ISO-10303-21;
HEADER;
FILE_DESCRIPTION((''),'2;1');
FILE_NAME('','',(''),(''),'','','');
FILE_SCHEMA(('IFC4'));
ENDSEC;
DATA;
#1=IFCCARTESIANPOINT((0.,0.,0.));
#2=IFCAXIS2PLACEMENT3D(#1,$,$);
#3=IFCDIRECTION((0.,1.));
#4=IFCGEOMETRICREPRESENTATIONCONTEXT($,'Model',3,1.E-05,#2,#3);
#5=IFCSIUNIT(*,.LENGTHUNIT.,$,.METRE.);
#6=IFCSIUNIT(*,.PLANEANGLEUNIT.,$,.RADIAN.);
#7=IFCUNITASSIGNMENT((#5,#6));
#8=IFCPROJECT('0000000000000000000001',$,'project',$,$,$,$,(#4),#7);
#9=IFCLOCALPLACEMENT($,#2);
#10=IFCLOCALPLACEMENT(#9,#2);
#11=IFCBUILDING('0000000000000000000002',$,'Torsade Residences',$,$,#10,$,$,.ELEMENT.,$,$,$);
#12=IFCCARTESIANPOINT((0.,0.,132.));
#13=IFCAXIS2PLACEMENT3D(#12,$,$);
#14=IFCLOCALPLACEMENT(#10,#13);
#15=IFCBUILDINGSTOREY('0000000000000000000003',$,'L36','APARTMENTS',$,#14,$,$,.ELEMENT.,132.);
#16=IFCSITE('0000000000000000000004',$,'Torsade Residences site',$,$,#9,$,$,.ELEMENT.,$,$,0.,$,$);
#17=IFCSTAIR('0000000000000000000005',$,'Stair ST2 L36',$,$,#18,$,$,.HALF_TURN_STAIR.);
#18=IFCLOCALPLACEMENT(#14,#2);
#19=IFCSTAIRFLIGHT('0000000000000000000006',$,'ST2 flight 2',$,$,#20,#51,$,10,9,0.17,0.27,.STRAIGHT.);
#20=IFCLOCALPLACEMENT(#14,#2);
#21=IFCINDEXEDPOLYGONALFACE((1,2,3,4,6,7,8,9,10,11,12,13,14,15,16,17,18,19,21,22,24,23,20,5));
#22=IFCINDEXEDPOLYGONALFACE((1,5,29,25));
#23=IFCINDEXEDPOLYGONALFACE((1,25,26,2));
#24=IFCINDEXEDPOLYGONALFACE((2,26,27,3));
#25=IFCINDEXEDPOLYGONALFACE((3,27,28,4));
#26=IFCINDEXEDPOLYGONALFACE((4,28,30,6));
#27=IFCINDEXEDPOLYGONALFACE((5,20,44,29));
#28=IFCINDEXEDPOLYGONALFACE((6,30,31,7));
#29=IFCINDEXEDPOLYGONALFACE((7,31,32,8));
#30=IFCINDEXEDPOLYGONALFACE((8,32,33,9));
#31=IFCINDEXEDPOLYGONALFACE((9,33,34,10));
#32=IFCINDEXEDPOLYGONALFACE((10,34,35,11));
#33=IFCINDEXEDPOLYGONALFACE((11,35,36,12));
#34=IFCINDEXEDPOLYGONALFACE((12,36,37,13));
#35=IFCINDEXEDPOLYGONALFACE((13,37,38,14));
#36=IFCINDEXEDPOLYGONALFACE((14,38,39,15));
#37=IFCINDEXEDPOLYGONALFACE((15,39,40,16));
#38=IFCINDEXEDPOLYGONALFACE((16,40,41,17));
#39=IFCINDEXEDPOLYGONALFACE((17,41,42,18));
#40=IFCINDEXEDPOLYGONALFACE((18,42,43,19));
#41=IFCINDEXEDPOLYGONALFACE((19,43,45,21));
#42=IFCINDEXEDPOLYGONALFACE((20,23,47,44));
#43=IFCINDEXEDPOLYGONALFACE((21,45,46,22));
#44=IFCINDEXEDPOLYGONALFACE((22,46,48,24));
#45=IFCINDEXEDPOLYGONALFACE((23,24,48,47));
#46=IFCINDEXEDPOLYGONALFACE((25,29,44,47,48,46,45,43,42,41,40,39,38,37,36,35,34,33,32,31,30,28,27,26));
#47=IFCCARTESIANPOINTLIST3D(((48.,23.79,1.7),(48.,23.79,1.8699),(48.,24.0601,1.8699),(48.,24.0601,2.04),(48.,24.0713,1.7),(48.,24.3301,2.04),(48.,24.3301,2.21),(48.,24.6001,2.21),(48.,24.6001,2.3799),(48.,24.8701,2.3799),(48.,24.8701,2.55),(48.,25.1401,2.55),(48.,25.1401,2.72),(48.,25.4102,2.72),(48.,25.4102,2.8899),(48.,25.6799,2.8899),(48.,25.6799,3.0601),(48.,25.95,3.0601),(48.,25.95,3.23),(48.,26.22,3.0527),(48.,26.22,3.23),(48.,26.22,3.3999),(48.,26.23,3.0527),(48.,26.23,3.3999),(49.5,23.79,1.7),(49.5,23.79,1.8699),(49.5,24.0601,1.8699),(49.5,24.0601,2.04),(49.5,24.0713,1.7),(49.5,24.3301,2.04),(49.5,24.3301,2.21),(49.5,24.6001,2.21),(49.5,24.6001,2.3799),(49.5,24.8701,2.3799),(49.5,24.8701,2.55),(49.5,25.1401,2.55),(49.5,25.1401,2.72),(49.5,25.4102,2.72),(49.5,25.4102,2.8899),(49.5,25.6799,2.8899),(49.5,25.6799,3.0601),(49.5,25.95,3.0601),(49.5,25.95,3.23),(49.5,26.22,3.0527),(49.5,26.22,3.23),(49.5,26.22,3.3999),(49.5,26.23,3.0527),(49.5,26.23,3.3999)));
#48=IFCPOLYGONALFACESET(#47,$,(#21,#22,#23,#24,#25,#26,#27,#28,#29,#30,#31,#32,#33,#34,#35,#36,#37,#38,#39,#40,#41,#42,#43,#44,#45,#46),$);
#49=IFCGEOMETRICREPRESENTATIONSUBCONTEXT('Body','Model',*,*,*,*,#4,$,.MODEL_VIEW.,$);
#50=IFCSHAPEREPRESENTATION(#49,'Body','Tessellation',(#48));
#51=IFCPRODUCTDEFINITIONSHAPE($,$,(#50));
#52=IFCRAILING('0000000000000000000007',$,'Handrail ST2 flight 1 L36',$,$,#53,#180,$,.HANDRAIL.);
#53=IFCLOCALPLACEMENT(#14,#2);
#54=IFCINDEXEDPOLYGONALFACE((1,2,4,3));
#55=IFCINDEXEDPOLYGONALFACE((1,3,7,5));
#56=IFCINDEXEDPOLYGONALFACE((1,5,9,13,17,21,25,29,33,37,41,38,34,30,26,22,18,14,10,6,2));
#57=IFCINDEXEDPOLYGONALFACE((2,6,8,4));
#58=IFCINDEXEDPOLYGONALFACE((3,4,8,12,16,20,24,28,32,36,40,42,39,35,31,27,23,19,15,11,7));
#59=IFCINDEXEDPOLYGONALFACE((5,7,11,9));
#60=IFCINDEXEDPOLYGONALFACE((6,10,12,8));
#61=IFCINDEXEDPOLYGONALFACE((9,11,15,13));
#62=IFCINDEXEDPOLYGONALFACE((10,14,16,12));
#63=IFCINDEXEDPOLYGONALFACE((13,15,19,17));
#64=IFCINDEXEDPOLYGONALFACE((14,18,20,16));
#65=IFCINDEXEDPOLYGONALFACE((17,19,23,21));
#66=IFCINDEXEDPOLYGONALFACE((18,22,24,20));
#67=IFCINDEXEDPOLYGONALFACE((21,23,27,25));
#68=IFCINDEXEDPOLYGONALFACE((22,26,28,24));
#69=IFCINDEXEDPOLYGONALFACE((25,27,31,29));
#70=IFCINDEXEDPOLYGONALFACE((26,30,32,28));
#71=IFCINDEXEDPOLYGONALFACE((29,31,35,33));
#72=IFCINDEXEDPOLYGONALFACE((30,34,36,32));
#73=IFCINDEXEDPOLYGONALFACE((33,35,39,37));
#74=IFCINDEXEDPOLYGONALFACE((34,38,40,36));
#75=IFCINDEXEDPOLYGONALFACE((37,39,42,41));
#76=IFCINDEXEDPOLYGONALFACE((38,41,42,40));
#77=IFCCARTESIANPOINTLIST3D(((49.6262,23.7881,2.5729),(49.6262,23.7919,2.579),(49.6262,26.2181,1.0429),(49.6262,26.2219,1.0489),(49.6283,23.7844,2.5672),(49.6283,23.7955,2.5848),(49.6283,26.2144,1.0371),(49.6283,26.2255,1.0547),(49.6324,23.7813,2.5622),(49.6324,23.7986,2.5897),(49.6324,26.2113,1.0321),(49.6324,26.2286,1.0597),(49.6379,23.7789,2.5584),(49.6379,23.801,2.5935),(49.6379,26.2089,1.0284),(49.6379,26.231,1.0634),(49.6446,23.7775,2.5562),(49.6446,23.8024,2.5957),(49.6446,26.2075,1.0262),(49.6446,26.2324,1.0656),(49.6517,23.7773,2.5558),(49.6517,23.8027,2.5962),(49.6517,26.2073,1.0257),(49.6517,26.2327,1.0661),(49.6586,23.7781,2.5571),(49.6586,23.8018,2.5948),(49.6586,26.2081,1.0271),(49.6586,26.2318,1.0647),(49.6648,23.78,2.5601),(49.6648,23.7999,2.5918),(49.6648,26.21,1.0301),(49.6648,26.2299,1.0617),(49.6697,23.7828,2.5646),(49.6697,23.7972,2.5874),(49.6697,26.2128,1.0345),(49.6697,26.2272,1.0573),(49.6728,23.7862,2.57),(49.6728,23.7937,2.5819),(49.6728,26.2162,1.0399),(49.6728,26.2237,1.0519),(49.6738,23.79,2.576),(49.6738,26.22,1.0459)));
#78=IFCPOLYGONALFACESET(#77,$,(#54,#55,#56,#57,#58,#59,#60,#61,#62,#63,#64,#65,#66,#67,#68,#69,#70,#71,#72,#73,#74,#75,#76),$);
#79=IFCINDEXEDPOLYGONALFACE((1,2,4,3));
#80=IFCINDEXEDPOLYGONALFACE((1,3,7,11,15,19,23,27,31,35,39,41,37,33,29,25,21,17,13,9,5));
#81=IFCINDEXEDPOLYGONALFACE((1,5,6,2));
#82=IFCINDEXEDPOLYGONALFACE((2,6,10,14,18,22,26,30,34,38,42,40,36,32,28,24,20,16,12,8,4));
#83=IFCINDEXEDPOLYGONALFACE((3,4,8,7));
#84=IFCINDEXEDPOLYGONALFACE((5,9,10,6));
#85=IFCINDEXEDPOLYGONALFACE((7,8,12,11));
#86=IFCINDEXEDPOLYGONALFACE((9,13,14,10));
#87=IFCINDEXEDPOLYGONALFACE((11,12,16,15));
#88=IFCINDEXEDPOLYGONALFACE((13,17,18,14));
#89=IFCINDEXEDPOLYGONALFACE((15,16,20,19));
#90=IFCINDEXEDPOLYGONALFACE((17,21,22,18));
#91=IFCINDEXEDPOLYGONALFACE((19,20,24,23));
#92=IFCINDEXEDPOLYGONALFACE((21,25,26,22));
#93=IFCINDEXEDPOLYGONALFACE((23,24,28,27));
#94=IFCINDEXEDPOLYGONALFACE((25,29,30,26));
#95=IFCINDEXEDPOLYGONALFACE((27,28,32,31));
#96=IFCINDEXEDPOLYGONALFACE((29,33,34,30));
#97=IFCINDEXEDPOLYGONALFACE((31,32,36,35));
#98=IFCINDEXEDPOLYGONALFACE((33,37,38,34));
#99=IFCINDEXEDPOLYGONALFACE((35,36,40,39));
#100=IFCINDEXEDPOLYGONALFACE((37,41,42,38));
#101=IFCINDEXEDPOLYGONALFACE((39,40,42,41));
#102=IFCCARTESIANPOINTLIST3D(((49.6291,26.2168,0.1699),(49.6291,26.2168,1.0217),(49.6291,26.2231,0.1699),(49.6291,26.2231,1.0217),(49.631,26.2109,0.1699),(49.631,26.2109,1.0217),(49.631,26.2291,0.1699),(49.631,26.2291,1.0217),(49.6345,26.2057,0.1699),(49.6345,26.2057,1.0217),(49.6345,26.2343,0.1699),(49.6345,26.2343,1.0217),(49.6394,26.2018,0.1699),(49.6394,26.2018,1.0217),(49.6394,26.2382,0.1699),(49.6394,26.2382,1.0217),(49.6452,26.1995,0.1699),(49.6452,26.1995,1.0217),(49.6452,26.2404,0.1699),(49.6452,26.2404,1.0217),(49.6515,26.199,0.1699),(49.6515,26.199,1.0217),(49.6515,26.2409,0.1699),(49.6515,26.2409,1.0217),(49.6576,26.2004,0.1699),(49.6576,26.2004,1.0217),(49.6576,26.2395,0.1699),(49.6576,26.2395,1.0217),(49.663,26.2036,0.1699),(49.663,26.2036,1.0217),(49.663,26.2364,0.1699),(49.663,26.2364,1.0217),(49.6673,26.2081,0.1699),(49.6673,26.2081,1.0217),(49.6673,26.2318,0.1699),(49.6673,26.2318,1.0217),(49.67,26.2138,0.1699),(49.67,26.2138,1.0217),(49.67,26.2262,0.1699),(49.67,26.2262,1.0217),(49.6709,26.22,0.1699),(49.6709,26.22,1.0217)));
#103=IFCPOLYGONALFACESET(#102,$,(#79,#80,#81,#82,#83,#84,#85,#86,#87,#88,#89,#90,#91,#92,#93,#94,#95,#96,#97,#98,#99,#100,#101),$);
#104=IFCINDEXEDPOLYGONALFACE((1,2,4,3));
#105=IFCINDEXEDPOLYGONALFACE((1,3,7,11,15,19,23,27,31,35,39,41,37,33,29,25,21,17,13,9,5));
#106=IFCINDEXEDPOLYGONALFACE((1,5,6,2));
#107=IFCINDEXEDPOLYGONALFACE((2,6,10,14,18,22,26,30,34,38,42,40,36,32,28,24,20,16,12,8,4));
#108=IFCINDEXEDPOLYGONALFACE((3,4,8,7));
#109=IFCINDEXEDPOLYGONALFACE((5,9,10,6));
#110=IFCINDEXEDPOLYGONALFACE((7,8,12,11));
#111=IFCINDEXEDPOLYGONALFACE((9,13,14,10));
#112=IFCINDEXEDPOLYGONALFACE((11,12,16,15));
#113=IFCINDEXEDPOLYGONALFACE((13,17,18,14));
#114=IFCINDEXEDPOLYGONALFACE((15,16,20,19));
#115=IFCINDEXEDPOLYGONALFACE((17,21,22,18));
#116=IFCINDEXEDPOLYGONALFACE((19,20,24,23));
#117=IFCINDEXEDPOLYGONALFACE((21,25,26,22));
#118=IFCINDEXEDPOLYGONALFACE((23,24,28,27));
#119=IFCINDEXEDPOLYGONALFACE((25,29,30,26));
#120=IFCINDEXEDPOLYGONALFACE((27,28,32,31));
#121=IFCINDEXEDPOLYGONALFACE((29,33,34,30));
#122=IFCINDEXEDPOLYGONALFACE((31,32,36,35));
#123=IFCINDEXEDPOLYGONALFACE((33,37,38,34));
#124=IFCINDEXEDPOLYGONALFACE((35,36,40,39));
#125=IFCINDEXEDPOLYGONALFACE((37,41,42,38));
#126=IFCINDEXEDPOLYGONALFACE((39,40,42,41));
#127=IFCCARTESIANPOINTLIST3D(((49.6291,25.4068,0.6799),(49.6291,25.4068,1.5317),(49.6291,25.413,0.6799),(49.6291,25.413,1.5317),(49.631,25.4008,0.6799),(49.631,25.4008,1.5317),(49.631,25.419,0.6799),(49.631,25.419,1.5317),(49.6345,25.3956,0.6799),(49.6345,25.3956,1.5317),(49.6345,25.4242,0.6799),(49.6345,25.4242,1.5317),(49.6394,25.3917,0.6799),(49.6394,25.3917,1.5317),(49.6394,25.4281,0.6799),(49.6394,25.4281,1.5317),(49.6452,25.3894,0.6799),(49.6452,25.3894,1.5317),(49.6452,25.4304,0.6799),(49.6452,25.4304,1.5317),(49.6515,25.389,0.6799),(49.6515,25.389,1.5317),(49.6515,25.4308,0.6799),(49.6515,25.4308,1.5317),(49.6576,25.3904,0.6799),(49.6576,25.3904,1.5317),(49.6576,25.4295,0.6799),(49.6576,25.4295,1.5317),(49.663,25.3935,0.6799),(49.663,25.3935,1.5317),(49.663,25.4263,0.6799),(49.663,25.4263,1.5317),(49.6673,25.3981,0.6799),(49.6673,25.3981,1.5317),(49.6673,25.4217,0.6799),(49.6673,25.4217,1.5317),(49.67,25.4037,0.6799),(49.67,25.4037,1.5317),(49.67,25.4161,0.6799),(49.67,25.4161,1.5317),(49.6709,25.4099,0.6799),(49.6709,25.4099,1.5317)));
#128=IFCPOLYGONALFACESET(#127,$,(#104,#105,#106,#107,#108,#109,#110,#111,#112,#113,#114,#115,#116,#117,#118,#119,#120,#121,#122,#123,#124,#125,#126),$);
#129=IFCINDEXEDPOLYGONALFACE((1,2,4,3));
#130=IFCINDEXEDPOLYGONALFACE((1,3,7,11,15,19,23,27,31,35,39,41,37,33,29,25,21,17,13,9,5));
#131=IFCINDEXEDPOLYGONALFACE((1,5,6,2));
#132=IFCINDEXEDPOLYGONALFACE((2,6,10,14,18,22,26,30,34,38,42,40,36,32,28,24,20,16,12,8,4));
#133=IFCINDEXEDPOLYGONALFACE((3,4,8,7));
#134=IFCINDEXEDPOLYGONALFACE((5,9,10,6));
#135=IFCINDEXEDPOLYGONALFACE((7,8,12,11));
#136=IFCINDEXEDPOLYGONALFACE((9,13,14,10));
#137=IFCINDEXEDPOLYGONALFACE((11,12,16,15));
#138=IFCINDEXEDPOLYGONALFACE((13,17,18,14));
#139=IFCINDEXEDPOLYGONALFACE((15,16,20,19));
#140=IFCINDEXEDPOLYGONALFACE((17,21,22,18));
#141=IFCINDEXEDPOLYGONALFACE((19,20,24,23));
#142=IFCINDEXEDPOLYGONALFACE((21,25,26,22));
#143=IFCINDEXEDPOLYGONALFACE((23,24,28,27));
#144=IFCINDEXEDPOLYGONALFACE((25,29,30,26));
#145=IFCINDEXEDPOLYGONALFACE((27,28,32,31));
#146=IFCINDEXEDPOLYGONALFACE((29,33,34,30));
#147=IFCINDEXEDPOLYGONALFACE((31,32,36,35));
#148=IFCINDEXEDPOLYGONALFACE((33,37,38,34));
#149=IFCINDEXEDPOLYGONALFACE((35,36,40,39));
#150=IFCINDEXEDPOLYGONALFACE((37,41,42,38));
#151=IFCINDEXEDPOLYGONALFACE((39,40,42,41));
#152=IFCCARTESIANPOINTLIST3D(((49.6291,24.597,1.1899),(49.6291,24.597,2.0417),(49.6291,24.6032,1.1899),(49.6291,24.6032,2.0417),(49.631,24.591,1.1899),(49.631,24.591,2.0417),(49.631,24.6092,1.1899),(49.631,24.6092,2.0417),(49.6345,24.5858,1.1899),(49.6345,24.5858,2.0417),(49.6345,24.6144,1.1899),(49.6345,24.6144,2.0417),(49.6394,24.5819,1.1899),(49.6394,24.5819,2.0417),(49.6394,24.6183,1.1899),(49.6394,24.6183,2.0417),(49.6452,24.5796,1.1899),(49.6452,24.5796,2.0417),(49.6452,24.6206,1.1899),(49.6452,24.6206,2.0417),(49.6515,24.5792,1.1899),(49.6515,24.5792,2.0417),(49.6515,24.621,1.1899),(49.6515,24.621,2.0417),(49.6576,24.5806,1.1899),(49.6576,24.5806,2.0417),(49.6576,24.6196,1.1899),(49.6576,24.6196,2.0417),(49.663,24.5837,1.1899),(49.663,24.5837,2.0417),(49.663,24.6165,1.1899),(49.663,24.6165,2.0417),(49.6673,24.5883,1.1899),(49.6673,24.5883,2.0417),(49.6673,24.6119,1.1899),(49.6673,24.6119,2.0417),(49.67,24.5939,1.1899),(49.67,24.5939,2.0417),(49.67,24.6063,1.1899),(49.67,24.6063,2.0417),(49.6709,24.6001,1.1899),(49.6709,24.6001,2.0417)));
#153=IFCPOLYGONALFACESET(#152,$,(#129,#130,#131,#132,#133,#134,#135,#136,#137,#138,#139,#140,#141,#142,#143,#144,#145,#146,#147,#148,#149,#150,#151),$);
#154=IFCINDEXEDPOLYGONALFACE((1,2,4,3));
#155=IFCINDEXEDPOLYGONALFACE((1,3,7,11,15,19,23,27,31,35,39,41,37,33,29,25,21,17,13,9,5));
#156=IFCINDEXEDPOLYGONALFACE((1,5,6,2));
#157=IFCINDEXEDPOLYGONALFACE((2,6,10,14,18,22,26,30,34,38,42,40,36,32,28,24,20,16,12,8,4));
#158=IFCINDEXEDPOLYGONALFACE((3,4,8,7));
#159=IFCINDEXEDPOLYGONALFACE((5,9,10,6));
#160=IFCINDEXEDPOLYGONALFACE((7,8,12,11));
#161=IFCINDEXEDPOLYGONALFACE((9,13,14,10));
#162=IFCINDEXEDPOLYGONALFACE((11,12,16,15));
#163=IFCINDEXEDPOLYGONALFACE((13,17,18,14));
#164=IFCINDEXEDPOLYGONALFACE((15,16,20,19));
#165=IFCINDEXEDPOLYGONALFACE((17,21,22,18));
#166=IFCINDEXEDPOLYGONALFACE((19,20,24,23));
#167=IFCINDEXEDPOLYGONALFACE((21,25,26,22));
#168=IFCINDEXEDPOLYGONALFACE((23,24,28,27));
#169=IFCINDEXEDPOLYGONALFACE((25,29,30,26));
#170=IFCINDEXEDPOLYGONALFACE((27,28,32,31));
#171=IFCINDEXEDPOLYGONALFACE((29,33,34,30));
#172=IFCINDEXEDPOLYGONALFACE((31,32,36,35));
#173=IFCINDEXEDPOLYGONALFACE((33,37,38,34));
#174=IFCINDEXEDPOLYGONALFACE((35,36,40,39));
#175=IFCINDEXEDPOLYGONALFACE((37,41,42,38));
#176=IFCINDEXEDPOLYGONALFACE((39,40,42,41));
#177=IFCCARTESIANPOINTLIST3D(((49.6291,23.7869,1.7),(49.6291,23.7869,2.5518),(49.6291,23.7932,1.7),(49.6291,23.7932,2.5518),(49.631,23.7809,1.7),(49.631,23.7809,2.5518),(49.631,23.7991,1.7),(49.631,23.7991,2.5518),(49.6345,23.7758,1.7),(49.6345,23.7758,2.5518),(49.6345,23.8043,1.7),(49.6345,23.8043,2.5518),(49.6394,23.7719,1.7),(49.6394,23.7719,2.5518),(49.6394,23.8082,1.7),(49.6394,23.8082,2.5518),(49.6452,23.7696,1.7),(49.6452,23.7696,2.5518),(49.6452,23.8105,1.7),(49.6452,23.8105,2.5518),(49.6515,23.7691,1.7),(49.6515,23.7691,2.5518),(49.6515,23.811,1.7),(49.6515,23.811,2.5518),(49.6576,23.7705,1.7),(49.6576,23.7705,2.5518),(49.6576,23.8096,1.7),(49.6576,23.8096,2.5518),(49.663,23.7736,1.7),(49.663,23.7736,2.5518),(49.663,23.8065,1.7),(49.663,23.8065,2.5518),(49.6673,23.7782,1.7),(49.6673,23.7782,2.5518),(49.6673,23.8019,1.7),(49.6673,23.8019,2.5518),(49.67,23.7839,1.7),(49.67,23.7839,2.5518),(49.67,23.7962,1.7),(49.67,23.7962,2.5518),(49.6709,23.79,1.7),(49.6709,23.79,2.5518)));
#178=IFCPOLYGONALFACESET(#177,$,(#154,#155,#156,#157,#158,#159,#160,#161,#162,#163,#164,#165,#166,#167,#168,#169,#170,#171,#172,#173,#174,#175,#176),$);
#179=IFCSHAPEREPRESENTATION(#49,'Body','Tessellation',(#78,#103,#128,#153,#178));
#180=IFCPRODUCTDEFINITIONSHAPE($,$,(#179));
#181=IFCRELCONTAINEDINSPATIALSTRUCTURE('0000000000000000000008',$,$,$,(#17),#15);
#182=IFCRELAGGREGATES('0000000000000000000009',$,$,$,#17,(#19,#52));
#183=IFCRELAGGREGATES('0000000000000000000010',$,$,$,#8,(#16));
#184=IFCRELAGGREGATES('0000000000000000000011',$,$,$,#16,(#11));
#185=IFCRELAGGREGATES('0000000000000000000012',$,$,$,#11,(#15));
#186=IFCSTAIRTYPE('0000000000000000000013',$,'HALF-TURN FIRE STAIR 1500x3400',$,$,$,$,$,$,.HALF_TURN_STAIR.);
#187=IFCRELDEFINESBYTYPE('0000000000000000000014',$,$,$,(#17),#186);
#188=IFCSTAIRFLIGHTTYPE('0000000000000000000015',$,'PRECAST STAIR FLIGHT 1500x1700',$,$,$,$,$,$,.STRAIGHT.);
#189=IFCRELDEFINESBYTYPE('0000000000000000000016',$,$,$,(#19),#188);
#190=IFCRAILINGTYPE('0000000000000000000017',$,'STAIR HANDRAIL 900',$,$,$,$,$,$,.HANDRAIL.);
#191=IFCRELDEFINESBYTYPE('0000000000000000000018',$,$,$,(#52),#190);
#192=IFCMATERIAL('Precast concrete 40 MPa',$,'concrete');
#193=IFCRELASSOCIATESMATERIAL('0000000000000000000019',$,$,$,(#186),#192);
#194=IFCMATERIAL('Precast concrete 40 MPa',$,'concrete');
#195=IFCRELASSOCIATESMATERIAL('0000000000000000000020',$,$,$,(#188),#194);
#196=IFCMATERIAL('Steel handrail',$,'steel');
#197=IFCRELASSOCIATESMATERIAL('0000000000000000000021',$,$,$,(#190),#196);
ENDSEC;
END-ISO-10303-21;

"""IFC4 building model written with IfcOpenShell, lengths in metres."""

from ifc_helpers import new_model, si_unit, direction, frame, origin, origin_2d, place, context, subcontext, project, spatial, polyline, circle, outline, extrude, material, type_object, element, aggregate, save


model = new_model("IFC4")

# Units and contexts
model_context = context("Model", 3, precision=1e-05, world=origin(), true_north=direction((0.0, 1.0)))
body_context = subcontext(model_context, "Body", "Model", "MODEL_VIEW")
ifc_project = project(units=[si_unit("LENGTHUNIT", "METRE"), si_unit("PLANEANGLEUNIT", "RADIAN")], contexts=[model_context])

# Site, building, storey
site_placement = place(None, origin())
site = spatial("IfcSite", under=ifc_project, at=site_placement, Name="Torsade Residences site", CompositionType="ELEMENT", RefElevation=0.0)
building_placement = place(site_placement, origin())
building = spatial("IfcBuilding", under=site, at=building_placement, Name="Torsade Residences", CompositionType="ELEMENT")
storey_placement = place(building_placement, frame((0.0, 0.0, 132.0)))
storey = spatial("IfcBuildingStorey", under=building, at=storey_placement, Name="L36", Description="APARTMENTS", CompositionType="ELEMENT", Elevation=132.0)

# Stair, stair flight, railing
ifc_material_1 = material(Name="Precast concrete 40 MPa", Category="concrete")
stair_type = type_object("IfcStairType", Name="HALF-TURN FIRE STAIR 1500x3400", PredefinedType="HALF_TURN_STAIR", material=ifc_material_1)
stair_placement = place(storey_placement, origin())
stair = element("IfcStair", 1, at=stair_placement, inside=storey, type_object=stair_type, Name="Stair ST2 L36", PredefinedType="HALF_TURN_STAIR")
ifc_material_2 = material(Name="Precast concrete 40 MPa", Category="concrete")
stair_flight_type = type_object("IfcStairFlightType", Name="PRECAST STAIR FLIGHT 1500x1700", PredefinedType="STRAIGHT", material=ifc_material_2)
stair_flight_1_placement = place(storey_placement, frame((48.75, 23.79, 1.7), z_axis=(0.0, 0.0, 1.0), x_axis=(0.0, 1.0, 0.0)))
stair_flight_1 = element("IfcStairFlight", 2, at=stair_flight_1_placement, type_object=stair_flight_type, Name="ST2 flight 2", NumberOfRisers=10, NumberOfTreads=9, PredefinedType="STRAIGHT", RiserHeight=0.17, TreadLength=0.27, context=body_context, shape_type="SweptSolid", body=[
    extrude(outline(polyline([(0.0, 0.0), (0.0, 0.1699), (0.27, 0.1699), (0.27, 0.3401), (0.54, 0.3401), (0.54, 0.51), (0.8101, 0.51), (0.8101, 0.6799), (1.0801, 0.6799), (1.0801, 0.8501), (1.3501, 0.8501), (1.3501, 1.02), (1.6201, 1.02), (1.6201, 1.1899), (1.8899, 1.1899), (1.8899, 1.3601), (2.1599, 1.3601), (2.1599, 1.53), (2.4299, 1.53), (2.4299, 1.7), (2.4399, 1.7), (2.4399, 1.3528), (2.4299, 1.3528), (0.2812, 0.0), (0.0, 0.0)])), frame((0.0, 0.75, 0.0), z_axis=(0.0, -1.0, 0.0), x_axis=(1.0, 0.0, 0.0)), (0.0, 0.0, 1.0), 1.5),
])
ifc_material_3 = material(Name="Steel handrail", Category="steel")
railing_type = type_object("IfcRailingType", Name="STAIR HANDRAIL 900", PredefinedType="HANDRAIL", material=ifc_material_3)
railing_1_placement = place(storey_placement, frame((49.6499, 26.22, 0.1699)))
railing_1 = element("IfcRailing", 3, at=railing_1_placement, type_object=railing_type, Name="Handrail ST2 flight 1 L36", PredefinedType="HANDRAIL", context=body_context, shape_type="SweptSolid", body=[
    extrude(circle(Radius=0.0239, at=origin_2d()), frame((0.0, 0.0, 0.876), z_axis=(0.0, -0.846221, 0.532831), x_axis=(1.0, 0.0, 0.0)), (0.0, 0.0, 1.0), 2.8716),
    extrude(circle(Radius=0.021, at=origin_2d()), origin(), (0.0, 0.0, 1.0), 0.8518),
    extrude(circle(Radius=0.021, at=origin_2d()), frame((0.0, -0.8101, 0.51)), (0.0, 0.0, 1.0), 0.8518),
    extrude(circle(Radius=0.021, at=origin_2d()), frame((0.0, -1.6199, 1.02)), (0.0, 0.0, 1.0), 0.8518),
    extrude(circle(Radius=0.021, at=origin_2d()), frame((0.0, -2.4299, 1.53)), (0.0, 0.0, 1.0), 0.8518),
])
aggregate(stair, [stair_flight_1, railing_1])

save(model, "model.ifc")
